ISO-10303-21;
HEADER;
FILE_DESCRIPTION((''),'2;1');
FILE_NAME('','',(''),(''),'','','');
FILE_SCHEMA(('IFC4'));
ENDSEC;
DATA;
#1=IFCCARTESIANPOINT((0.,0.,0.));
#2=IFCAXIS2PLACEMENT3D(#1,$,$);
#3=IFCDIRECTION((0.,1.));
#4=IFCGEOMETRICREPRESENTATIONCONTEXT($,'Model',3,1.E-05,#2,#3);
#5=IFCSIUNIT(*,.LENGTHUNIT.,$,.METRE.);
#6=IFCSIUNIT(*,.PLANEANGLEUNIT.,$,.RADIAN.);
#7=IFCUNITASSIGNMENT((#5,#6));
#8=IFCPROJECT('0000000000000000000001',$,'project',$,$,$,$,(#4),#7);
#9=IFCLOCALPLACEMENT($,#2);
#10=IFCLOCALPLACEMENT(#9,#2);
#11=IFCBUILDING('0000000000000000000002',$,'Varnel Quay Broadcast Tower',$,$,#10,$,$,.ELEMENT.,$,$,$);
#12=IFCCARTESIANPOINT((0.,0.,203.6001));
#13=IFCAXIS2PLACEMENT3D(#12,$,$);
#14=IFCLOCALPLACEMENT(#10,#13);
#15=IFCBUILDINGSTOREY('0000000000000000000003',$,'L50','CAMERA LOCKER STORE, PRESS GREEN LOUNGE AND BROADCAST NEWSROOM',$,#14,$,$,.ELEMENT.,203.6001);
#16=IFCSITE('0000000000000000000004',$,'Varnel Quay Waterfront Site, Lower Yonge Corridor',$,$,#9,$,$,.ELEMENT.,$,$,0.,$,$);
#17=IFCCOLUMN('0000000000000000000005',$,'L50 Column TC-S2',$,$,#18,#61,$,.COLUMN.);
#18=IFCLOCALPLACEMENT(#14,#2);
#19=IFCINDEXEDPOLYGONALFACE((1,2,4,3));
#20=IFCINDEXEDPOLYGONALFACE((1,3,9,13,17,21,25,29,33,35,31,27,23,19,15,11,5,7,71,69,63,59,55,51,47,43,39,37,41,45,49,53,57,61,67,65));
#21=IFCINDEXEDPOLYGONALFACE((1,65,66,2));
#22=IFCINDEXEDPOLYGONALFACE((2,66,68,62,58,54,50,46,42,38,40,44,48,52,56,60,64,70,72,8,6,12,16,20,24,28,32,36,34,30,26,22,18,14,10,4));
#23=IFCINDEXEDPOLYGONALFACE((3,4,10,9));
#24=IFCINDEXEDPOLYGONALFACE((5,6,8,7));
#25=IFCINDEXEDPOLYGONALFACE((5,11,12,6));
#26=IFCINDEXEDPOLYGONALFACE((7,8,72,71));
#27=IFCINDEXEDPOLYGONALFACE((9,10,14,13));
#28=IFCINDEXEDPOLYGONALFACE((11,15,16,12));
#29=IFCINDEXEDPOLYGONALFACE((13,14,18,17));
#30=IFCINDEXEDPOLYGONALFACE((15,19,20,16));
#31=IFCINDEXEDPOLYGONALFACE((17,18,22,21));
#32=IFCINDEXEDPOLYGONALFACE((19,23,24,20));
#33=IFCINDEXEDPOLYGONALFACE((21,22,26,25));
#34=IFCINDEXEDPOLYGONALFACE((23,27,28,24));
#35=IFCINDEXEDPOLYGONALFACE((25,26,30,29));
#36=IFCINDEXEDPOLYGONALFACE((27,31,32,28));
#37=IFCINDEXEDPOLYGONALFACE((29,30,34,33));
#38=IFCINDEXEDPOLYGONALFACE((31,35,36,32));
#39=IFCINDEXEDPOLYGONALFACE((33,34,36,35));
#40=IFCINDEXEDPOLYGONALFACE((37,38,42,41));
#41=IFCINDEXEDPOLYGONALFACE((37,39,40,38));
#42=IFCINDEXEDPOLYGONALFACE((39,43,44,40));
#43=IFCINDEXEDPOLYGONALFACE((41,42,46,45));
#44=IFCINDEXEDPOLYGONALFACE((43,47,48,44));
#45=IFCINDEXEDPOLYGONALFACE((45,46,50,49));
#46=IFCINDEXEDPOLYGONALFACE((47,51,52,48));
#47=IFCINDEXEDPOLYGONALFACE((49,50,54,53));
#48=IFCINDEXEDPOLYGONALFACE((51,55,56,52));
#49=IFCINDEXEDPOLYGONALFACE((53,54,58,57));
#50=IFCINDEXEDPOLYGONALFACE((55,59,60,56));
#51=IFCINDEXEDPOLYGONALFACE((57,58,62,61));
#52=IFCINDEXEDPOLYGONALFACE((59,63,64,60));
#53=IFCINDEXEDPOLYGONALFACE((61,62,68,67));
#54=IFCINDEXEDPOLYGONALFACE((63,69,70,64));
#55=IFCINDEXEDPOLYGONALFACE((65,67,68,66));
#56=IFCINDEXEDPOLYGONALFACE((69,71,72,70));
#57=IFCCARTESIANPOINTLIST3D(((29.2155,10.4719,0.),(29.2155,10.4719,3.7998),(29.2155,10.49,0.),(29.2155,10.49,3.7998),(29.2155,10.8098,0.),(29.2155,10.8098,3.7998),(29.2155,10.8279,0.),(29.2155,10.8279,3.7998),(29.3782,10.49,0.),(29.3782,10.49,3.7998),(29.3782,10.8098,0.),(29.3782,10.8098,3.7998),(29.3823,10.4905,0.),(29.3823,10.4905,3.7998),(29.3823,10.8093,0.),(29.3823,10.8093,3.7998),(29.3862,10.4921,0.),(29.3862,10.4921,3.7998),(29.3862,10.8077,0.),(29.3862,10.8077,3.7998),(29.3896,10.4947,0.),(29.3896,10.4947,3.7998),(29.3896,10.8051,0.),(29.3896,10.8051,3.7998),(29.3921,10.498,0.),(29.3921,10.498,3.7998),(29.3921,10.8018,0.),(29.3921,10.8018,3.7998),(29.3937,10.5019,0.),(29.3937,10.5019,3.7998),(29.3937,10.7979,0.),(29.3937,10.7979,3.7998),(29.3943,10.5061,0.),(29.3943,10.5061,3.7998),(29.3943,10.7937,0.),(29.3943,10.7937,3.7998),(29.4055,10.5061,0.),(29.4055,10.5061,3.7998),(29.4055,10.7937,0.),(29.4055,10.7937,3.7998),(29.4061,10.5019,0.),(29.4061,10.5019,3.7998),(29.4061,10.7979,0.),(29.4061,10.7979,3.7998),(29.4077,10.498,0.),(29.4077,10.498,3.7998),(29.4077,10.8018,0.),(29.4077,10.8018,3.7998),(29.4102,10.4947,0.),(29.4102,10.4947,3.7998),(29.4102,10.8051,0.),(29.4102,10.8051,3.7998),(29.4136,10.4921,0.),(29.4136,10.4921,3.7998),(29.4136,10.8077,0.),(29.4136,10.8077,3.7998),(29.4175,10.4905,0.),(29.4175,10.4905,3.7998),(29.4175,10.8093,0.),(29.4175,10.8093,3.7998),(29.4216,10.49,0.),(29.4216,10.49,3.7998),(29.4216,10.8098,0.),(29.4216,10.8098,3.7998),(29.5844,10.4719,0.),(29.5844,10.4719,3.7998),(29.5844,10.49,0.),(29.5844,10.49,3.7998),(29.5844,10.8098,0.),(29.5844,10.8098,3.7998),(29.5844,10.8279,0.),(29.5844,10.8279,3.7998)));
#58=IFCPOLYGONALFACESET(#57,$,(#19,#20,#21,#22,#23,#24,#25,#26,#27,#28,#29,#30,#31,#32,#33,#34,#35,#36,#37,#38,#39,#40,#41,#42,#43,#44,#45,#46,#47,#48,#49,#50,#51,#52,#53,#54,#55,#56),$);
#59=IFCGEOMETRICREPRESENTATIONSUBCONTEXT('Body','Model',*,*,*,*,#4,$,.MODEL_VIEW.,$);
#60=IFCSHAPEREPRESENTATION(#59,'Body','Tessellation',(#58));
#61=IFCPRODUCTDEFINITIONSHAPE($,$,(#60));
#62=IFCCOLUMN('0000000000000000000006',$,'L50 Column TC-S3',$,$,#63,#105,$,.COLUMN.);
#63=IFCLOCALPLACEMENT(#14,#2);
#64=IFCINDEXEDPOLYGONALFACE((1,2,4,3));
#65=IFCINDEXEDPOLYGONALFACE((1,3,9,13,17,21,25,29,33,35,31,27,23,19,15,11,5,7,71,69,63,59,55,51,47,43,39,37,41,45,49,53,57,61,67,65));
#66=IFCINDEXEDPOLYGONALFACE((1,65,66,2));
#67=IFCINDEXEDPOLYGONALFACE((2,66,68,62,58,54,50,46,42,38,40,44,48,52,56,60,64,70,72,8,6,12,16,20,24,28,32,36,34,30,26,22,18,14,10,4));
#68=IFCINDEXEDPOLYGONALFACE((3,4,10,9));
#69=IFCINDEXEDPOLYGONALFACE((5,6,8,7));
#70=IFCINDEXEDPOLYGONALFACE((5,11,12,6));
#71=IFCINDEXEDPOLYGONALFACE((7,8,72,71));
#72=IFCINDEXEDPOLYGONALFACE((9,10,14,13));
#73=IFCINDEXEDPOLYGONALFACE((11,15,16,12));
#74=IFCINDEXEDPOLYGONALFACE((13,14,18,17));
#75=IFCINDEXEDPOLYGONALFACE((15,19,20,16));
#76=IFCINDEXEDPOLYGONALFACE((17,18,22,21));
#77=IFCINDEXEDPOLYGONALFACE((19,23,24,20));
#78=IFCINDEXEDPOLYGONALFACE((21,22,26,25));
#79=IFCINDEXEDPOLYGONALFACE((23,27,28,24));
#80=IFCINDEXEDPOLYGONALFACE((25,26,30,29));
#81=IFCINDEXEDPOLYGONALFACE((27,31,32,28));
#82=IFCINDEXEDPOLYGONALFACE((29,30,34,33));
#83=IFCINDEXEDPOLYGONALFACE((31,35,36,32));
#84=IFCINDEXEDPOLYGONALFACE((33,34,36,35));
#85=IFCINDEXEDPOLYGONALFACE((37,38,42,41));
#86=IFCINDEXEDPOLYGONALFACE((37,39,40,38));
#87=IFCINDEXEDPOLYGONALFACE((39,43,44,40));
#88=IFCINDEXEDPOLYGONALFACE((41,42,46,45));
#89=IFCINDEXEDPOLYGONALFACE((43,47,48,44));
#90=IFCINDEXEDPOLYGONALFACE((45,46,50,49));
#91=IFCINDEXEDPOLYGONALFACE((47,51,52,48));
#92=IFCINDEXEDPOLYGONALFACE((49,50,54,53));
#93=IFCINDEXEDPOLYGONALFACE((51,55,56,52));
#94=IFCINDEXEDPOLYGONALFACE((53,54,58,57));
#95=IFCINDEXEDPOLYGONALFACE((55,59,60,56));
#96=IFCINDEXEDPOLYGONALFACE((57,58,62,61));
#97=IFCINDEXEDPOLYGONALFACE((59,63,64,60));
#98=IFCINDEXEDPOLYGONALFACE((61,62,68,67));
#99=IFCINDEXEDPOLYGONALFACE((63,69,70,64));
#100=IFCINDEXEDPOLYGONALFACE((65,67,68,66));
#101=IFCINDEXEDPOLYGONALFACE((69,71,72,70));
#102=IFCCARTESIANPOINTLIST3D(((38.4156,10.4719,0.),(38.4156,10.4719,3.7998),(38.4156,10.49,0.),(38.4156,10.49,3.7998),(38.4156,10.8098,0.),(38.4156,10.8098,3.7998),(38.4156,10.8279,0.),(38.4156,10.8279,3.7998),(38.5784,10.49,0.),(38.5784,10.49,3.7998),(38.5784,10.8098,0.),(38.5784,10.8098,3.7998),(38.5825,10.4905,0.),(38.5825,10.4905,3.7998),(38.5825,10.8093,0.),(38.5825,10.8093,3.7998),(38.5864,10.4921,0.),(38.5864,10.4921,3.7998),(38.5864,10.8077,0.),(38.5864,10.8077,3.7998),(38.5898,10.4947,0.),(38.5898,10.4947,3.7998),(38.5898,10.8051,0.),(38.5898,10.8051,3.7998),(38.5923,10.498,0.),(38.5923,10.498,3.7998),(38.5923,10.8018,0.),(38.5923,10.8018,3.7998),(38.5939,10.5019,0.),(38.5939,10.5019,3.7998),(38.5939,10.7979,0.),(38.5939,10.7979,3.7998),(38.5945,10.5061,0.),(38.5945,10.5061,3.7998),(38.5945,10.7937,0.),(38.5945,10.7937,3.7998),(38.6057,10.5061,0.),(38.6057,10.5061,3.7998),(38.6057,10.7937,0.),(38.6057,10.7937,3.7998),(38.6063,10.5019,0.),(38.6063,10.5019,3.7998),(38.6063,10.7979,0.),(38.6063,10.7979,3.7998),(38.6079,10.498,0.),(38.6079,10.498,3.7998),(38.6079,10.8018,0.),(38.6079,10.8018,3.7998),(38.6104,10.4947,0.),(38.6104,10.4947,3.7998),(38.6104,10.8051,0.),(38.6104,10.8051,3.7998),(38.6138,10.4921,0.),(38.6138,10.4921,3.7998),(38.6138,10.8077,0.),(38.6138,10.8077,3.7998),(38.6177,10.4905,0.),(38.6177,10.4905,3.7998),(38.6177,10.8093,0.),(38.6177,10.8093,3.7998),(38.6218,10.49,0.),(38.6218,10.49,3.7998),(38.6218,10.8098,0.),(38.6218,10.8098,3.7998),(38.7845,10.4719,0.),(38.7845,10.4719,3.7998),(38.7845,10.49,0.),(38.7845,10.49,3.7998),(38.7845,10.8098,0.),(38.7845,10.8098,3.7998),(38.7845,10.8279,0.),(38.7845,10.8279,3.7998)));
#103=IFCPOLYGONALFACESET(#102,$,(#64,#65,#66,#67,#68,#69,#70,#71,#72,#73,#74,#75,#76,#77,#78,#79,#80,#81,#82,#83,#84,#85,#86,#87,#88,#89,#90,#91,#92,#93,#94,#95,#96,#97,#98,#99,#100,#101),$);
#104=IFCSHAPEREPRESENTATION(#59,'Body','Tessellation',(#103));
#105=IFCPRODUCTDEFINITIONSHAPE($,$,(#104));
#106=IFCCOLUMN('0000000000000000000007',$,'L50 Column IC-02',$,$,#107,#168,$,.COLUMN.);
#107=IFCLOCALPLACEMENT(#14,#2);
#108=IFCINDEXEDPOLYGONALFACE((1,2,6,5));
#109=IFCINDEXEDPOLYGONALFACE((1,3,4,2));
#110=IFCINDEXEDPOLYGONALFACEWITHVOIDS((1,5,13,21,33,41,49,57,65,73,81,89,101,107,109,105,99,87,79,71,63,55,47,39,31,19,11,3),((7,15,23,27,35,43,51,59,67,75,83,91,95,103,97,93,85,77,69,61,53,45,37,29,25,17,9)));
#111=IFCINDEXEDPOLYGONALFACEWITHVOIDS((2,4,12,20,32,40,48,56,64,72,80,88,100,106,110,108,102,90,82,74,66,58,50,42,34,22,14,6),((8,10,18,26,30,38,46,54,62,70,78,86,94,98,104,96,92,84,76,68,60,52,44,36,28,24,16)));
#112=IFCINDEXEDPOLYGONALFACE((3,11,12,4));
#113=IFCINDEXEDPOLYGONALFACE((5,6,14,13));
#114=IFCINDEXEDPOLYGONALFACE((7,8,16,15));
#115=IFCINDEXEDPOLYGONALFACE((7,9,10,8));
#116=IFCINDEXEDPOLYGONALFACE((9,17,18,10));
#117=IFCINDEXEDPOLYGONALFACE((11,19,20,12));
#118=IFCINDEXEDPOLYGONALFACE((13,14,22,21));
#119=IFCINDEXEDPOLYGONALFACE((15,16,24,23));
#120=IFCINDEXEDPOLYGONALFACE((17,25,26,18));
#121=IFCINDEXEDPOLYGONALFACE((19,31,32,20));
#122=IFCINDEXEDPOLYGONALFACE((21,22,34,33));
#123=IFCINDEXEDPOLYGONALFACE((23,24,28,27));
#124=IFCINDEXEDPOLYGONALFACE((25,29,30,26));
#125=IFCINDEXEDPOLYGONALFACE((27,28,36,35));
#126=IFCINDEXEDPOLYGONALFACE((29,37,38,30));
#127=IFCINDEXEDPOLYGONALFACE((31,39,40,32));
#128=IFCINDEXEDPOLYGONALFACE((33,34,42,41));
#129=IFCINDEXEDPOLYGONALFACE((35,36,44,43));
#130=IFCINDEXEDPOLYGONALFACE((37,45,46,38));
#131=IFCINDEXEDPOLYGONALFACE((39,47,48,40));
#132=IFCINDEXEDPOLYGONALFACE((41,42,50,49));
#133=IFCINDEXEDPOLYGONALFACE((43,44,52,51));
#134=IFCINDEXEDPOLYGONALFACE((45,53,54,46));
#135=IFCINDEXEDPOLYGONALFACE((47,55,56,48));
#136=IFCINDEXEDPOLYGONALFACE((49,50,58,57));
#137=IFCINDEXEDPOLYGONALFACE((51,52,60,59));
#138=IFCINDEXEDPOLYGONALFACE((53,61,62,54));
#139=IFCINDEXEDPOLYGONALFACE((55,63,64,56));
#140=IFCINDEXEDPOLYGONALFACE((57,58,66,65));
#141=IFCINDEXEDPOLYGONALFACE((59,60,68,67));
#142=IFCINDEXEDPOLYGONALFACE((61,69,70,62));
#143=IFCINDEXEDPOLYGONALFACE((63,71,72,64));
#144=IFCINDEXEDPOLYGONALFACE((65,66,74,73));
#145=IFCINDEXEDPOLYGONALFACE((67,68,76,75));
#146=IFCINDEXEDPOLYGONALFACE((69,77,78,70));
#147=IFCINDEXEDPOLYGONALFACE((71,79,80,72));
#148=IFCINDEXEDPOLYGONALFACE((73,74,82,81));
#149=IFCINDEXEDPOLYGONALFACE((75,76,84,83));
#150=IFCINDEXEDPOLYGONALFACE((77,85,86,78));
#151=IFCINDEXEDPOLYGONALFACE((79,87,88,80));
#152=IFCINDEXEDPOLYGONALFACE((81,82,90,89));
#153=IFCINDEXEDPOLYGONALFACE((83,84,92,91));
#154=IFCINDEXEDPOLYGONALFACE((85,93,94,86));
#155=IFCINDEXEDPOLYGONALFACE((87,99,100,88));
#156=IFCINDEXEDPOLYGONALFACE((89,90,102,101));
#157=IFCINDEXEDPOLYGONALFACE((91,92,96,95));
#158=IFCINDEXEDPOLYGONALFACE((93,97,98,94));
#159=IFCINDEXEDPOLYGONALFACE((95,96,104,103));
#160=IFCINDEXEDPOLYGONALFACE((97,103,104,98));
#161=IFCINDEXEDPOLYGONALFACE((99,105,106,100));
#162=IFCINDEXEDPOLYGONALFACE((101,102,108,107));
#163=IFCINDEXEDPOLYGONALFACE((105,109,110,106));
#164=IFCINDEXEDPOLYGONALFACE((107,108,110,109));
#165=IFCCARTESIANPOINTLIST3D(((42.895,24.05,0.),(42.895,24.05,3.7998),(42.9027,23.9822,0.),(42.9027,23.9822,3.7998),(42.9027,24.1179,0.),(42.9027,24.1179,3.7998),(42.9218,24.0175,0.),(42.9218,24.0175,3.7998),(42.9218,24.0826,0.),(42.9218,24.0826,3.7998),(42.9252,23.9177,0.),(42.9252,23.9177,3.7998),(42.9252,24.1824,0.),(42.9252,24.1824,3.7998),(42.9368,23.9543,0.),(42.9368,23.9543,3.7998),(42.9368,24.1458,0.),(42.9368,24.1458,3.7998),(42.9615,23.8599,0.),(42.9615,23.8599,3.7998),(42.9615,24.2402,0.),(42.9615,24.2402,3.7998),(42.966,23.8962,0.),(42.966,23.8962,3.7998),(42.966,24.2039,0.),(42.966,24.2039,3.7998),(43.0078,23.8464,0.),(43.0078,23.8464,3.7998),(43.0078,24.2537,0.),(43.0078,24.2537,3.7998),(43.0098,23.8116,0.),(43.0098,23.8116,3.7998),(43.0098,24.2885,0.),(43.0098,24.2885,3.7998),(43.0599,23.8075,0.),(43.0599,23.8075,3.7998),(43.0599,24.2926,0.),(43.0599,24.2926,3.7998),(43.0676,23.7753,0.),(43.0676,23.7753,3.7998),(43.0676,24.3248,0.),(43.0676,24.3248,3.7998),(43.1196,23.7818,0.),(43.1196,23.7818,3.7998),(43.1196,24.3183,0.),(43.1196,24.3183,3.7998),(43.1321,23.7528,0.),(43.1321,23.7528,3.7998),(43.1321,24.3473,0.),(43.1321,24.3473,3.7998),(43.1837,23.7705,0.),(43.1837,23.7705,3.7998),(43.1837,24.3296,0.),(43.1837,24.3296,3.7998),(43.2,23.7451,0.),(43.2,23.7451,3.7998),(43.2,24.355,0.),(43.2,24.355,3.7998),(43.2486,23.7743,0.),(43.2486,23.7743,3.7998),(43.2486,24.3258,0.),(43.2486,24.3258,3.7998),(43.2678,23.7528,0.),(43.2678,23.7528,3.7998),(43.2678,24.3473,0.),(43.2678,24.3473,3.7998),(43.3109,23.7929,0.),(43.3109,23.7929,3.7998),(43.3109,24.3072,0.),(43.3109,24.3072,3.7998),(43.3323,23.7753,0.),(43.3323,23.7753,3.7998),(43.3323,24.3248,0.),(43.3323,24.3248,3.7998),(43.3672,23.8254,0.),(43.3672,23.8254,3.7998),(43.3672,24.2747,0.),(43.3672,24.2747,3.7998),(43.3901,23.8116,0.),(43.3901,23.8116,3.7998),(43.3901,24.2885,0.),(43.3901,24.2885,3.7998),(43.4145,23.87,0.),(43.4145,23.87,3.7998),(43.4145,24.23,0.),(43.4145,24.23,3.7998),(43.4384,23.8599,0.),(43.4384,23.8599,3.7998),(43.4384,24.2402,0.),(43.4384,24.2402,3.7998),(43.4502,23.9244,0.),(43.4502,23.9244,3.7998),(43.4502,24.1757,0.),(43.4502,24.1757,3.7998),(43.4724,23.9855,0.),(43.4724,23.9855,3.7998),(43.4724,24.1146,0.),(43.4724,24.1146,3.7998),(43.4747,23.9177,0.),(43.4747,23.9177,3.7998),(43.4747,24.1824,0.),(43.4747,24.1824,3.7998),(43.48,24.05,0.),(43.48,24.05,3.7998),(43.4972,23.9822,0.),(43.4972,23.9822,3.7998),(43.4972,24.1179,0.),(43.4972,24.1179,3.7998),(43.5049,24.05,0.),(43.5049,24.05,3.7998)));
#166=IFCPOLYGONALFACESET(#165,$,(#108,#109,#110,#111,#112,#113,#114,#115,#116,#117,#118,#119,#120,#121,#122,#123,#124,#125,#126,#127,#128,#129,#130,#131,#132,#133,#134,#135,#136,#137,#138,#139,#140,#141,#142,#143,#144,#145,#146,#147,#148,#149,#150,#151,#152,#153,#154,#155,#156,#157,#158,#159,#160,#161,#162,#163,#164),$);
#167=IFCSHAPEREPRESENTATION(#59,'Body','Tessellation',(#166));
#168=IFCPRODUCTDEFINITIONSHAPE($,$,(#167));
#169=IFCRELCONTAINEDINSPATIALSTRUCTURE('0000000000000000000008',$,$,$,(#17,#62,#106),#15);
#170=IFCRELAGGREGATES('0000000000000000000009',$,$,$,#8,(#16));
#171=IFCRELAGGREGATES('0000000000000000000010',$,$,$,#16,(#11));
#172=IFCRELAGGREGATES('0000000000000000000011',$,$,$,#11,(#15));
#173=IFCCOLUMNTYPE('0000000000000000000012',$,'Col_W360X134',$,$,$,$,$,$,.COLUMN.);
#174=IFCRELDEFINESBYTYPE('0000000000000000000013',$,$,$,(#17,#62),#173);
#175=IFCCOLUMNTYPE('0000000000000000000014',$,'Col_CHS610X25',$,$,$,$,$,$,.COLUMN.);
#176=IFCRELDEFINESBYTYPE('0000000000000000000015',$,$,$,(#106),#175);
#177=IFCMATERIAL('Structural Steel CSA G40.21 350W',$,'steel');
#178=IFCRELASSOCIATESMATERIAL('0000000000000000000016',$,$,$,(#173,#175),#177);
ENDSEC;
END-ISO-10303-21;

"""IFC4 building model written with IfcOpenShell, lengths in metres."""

from ifc_helpers import new_model, si_unit, direction, frame, origin, origin_2d, place, context, subcontext, project, spatial, hollow_circle, i_section, extrude, source, transform, mapped, material, material_profile, profile_set, type_object, type_shapes, element, save


model = new_model("IFC4")

# Units and contexts
model_context = context("Model", 3, precision=1e-05, world=origin(), true_north=direction((0.0, 1.0)))
body_context = subcontext(model_context, "Body", "Model", "MODEL_VIEW")
ifc_project = project(units=[si_unit("LENGTHUNIT", "METRE"), si_unit("PLANEANGLEUNIT", "RADIAN")], contexts=[model_context])

# Site, building, storey
site_placement = place(None, origin())
site = spatial("IfcSite", under=ifc_project, at=site_placement, Name="Varnel Quay Waterfront Site, Lower Yonge Corridor", CompositionType="ELEMENT", RefElevation=0.0)
building_placement = place(site_placement, origin())
building = spatial("IfcBuilding", under=site, at=building_placement, Name="Varnel Quay Broadcast Tower", CompositionType="ELEMENT")
storey_placement = place(building_placement, frame((0.0, 0.0, 203.6001)))
storey = spatial("IfcBuildingStorey", under=building, at=storey_placement, Name="L50", Description="CAMERA LOCKER STORE, PRESS GREEN LOUNGE AND BROADCAST NEWSROOM", CompositionType="ELEMENT", Elevation=203.6001)

# Columns
ifc_material_1 = material(Name="Structural Steel CSA G40.21 350W", Category="steel")
ifc_material_profile_1 = material_profile(ifc_material_1, i_section(OverallWidth=0.3689, OverallDepth=0.356, WebThickness=0.0112, FlangeThickness=0.0181, FilletRadius=0.0161, at=origin_2d()), Name="W360X134")
ifc_profile_set_1 = profile_set([ifc_material_profile_1], Name="Structural Steel CSA G40.21 350W")
column_type_1 = type_object("IfcColumnType", Name="Col_W360X134", PredefinedType="COLUMN", material=ifc_profile_set_1)
shared_shape_1 = source(origin(), body_context, "Body", "SweptSolid", [
    extrude(i_section(OverallWidth=0.3689, OverallDepth=0.356, WebThickness=0.0112, FlangeThickness=0.0181, FilletRadius=0.0161, at=origin_2d()), origin(), (0.0, 0.0, 1.0), 3.7998),
])
type_shapes(column_type_1, [shared_shape_1])
for number, where, z_axis, x_axis, name in (
    (1, (29.3999, 10.6499, 0.0), (0.0, 0.0, 1.0), (1.0, 0.0, 0.0), "L50 Column TC-S2"),
    (2, (38.6001, 10.6499, 0.0), (0.0, 0.0, 1.0), (1.0, 0.0, 0.0), "L50 Column TC-S3"),
):
    element("IfcColumn", number, at=place(storey_placement, frame(where, z_axis=z_axis, x_axis=x_axis)), inside=storey, type_object=column_type_1, Name=name, PredefinedType="COLUMN", context=body_context, shape_type="MappedRepresentation", body=[
        mapped(shared_shape_1, transform((0.0, 0.0, 0.0), x_axis=(1.0, 0.0, 0.0), y_axis=(0.0, 1.0, 0.0), z_axis=(0.0, 0.0, 1.0), scale=1.0)),
    ])
ifc_material_profile_2 = material_profile(ifc_material_1, hollow_circle(Radius=0.3049, WallThickness=0.0249, at=origin_2d()), Name="CHS610X25")
ifc_profile_set_2 = profile_set([ifc_material_profile_2], Name="Structural Steel CSA G40.21 350W")
column_type_2 = type_object("IfcColumnType", Name="Col_CHS610X25", PredefinedType="COLUMN", material=ifc_profile_set_2)
shared_shape_2 = source(origin(), body_context, "Body", "SweptSolid", [
    extrude(hollow_circle(Radius=0.3049, WallThickness=0.0249, at=origin_2d()), origin(), (0.0, 0.0, 1.0), 3.7998),
])
type_shapes(column_type_2, [shared_shape_2])
column_placement = place(storey_placement, frame((43.2, 24.05, 0.0), z_axis=(0.0, 0.0, 1.0), x_axis=(1.0, 0.0, 0.0)))
element("IfcColumn", 3, at=column_placement, inside=storey, type_object=column_type_2, Name="L50 Column IC-02", PredefinedType="COLUMN", context=body_context, shape_type="MappedRepresentation", body=[
    mapped(shared_shape_2, transform((0.0, 0.0, 0.0), x_axis=(1.0, 0.0, 0.0), y_axis=(0.0, 1.0, 0.0), z_axis=(0.0, 0.0, 1.0), scale=1.0)),
])

save(model, "model.ifc")
